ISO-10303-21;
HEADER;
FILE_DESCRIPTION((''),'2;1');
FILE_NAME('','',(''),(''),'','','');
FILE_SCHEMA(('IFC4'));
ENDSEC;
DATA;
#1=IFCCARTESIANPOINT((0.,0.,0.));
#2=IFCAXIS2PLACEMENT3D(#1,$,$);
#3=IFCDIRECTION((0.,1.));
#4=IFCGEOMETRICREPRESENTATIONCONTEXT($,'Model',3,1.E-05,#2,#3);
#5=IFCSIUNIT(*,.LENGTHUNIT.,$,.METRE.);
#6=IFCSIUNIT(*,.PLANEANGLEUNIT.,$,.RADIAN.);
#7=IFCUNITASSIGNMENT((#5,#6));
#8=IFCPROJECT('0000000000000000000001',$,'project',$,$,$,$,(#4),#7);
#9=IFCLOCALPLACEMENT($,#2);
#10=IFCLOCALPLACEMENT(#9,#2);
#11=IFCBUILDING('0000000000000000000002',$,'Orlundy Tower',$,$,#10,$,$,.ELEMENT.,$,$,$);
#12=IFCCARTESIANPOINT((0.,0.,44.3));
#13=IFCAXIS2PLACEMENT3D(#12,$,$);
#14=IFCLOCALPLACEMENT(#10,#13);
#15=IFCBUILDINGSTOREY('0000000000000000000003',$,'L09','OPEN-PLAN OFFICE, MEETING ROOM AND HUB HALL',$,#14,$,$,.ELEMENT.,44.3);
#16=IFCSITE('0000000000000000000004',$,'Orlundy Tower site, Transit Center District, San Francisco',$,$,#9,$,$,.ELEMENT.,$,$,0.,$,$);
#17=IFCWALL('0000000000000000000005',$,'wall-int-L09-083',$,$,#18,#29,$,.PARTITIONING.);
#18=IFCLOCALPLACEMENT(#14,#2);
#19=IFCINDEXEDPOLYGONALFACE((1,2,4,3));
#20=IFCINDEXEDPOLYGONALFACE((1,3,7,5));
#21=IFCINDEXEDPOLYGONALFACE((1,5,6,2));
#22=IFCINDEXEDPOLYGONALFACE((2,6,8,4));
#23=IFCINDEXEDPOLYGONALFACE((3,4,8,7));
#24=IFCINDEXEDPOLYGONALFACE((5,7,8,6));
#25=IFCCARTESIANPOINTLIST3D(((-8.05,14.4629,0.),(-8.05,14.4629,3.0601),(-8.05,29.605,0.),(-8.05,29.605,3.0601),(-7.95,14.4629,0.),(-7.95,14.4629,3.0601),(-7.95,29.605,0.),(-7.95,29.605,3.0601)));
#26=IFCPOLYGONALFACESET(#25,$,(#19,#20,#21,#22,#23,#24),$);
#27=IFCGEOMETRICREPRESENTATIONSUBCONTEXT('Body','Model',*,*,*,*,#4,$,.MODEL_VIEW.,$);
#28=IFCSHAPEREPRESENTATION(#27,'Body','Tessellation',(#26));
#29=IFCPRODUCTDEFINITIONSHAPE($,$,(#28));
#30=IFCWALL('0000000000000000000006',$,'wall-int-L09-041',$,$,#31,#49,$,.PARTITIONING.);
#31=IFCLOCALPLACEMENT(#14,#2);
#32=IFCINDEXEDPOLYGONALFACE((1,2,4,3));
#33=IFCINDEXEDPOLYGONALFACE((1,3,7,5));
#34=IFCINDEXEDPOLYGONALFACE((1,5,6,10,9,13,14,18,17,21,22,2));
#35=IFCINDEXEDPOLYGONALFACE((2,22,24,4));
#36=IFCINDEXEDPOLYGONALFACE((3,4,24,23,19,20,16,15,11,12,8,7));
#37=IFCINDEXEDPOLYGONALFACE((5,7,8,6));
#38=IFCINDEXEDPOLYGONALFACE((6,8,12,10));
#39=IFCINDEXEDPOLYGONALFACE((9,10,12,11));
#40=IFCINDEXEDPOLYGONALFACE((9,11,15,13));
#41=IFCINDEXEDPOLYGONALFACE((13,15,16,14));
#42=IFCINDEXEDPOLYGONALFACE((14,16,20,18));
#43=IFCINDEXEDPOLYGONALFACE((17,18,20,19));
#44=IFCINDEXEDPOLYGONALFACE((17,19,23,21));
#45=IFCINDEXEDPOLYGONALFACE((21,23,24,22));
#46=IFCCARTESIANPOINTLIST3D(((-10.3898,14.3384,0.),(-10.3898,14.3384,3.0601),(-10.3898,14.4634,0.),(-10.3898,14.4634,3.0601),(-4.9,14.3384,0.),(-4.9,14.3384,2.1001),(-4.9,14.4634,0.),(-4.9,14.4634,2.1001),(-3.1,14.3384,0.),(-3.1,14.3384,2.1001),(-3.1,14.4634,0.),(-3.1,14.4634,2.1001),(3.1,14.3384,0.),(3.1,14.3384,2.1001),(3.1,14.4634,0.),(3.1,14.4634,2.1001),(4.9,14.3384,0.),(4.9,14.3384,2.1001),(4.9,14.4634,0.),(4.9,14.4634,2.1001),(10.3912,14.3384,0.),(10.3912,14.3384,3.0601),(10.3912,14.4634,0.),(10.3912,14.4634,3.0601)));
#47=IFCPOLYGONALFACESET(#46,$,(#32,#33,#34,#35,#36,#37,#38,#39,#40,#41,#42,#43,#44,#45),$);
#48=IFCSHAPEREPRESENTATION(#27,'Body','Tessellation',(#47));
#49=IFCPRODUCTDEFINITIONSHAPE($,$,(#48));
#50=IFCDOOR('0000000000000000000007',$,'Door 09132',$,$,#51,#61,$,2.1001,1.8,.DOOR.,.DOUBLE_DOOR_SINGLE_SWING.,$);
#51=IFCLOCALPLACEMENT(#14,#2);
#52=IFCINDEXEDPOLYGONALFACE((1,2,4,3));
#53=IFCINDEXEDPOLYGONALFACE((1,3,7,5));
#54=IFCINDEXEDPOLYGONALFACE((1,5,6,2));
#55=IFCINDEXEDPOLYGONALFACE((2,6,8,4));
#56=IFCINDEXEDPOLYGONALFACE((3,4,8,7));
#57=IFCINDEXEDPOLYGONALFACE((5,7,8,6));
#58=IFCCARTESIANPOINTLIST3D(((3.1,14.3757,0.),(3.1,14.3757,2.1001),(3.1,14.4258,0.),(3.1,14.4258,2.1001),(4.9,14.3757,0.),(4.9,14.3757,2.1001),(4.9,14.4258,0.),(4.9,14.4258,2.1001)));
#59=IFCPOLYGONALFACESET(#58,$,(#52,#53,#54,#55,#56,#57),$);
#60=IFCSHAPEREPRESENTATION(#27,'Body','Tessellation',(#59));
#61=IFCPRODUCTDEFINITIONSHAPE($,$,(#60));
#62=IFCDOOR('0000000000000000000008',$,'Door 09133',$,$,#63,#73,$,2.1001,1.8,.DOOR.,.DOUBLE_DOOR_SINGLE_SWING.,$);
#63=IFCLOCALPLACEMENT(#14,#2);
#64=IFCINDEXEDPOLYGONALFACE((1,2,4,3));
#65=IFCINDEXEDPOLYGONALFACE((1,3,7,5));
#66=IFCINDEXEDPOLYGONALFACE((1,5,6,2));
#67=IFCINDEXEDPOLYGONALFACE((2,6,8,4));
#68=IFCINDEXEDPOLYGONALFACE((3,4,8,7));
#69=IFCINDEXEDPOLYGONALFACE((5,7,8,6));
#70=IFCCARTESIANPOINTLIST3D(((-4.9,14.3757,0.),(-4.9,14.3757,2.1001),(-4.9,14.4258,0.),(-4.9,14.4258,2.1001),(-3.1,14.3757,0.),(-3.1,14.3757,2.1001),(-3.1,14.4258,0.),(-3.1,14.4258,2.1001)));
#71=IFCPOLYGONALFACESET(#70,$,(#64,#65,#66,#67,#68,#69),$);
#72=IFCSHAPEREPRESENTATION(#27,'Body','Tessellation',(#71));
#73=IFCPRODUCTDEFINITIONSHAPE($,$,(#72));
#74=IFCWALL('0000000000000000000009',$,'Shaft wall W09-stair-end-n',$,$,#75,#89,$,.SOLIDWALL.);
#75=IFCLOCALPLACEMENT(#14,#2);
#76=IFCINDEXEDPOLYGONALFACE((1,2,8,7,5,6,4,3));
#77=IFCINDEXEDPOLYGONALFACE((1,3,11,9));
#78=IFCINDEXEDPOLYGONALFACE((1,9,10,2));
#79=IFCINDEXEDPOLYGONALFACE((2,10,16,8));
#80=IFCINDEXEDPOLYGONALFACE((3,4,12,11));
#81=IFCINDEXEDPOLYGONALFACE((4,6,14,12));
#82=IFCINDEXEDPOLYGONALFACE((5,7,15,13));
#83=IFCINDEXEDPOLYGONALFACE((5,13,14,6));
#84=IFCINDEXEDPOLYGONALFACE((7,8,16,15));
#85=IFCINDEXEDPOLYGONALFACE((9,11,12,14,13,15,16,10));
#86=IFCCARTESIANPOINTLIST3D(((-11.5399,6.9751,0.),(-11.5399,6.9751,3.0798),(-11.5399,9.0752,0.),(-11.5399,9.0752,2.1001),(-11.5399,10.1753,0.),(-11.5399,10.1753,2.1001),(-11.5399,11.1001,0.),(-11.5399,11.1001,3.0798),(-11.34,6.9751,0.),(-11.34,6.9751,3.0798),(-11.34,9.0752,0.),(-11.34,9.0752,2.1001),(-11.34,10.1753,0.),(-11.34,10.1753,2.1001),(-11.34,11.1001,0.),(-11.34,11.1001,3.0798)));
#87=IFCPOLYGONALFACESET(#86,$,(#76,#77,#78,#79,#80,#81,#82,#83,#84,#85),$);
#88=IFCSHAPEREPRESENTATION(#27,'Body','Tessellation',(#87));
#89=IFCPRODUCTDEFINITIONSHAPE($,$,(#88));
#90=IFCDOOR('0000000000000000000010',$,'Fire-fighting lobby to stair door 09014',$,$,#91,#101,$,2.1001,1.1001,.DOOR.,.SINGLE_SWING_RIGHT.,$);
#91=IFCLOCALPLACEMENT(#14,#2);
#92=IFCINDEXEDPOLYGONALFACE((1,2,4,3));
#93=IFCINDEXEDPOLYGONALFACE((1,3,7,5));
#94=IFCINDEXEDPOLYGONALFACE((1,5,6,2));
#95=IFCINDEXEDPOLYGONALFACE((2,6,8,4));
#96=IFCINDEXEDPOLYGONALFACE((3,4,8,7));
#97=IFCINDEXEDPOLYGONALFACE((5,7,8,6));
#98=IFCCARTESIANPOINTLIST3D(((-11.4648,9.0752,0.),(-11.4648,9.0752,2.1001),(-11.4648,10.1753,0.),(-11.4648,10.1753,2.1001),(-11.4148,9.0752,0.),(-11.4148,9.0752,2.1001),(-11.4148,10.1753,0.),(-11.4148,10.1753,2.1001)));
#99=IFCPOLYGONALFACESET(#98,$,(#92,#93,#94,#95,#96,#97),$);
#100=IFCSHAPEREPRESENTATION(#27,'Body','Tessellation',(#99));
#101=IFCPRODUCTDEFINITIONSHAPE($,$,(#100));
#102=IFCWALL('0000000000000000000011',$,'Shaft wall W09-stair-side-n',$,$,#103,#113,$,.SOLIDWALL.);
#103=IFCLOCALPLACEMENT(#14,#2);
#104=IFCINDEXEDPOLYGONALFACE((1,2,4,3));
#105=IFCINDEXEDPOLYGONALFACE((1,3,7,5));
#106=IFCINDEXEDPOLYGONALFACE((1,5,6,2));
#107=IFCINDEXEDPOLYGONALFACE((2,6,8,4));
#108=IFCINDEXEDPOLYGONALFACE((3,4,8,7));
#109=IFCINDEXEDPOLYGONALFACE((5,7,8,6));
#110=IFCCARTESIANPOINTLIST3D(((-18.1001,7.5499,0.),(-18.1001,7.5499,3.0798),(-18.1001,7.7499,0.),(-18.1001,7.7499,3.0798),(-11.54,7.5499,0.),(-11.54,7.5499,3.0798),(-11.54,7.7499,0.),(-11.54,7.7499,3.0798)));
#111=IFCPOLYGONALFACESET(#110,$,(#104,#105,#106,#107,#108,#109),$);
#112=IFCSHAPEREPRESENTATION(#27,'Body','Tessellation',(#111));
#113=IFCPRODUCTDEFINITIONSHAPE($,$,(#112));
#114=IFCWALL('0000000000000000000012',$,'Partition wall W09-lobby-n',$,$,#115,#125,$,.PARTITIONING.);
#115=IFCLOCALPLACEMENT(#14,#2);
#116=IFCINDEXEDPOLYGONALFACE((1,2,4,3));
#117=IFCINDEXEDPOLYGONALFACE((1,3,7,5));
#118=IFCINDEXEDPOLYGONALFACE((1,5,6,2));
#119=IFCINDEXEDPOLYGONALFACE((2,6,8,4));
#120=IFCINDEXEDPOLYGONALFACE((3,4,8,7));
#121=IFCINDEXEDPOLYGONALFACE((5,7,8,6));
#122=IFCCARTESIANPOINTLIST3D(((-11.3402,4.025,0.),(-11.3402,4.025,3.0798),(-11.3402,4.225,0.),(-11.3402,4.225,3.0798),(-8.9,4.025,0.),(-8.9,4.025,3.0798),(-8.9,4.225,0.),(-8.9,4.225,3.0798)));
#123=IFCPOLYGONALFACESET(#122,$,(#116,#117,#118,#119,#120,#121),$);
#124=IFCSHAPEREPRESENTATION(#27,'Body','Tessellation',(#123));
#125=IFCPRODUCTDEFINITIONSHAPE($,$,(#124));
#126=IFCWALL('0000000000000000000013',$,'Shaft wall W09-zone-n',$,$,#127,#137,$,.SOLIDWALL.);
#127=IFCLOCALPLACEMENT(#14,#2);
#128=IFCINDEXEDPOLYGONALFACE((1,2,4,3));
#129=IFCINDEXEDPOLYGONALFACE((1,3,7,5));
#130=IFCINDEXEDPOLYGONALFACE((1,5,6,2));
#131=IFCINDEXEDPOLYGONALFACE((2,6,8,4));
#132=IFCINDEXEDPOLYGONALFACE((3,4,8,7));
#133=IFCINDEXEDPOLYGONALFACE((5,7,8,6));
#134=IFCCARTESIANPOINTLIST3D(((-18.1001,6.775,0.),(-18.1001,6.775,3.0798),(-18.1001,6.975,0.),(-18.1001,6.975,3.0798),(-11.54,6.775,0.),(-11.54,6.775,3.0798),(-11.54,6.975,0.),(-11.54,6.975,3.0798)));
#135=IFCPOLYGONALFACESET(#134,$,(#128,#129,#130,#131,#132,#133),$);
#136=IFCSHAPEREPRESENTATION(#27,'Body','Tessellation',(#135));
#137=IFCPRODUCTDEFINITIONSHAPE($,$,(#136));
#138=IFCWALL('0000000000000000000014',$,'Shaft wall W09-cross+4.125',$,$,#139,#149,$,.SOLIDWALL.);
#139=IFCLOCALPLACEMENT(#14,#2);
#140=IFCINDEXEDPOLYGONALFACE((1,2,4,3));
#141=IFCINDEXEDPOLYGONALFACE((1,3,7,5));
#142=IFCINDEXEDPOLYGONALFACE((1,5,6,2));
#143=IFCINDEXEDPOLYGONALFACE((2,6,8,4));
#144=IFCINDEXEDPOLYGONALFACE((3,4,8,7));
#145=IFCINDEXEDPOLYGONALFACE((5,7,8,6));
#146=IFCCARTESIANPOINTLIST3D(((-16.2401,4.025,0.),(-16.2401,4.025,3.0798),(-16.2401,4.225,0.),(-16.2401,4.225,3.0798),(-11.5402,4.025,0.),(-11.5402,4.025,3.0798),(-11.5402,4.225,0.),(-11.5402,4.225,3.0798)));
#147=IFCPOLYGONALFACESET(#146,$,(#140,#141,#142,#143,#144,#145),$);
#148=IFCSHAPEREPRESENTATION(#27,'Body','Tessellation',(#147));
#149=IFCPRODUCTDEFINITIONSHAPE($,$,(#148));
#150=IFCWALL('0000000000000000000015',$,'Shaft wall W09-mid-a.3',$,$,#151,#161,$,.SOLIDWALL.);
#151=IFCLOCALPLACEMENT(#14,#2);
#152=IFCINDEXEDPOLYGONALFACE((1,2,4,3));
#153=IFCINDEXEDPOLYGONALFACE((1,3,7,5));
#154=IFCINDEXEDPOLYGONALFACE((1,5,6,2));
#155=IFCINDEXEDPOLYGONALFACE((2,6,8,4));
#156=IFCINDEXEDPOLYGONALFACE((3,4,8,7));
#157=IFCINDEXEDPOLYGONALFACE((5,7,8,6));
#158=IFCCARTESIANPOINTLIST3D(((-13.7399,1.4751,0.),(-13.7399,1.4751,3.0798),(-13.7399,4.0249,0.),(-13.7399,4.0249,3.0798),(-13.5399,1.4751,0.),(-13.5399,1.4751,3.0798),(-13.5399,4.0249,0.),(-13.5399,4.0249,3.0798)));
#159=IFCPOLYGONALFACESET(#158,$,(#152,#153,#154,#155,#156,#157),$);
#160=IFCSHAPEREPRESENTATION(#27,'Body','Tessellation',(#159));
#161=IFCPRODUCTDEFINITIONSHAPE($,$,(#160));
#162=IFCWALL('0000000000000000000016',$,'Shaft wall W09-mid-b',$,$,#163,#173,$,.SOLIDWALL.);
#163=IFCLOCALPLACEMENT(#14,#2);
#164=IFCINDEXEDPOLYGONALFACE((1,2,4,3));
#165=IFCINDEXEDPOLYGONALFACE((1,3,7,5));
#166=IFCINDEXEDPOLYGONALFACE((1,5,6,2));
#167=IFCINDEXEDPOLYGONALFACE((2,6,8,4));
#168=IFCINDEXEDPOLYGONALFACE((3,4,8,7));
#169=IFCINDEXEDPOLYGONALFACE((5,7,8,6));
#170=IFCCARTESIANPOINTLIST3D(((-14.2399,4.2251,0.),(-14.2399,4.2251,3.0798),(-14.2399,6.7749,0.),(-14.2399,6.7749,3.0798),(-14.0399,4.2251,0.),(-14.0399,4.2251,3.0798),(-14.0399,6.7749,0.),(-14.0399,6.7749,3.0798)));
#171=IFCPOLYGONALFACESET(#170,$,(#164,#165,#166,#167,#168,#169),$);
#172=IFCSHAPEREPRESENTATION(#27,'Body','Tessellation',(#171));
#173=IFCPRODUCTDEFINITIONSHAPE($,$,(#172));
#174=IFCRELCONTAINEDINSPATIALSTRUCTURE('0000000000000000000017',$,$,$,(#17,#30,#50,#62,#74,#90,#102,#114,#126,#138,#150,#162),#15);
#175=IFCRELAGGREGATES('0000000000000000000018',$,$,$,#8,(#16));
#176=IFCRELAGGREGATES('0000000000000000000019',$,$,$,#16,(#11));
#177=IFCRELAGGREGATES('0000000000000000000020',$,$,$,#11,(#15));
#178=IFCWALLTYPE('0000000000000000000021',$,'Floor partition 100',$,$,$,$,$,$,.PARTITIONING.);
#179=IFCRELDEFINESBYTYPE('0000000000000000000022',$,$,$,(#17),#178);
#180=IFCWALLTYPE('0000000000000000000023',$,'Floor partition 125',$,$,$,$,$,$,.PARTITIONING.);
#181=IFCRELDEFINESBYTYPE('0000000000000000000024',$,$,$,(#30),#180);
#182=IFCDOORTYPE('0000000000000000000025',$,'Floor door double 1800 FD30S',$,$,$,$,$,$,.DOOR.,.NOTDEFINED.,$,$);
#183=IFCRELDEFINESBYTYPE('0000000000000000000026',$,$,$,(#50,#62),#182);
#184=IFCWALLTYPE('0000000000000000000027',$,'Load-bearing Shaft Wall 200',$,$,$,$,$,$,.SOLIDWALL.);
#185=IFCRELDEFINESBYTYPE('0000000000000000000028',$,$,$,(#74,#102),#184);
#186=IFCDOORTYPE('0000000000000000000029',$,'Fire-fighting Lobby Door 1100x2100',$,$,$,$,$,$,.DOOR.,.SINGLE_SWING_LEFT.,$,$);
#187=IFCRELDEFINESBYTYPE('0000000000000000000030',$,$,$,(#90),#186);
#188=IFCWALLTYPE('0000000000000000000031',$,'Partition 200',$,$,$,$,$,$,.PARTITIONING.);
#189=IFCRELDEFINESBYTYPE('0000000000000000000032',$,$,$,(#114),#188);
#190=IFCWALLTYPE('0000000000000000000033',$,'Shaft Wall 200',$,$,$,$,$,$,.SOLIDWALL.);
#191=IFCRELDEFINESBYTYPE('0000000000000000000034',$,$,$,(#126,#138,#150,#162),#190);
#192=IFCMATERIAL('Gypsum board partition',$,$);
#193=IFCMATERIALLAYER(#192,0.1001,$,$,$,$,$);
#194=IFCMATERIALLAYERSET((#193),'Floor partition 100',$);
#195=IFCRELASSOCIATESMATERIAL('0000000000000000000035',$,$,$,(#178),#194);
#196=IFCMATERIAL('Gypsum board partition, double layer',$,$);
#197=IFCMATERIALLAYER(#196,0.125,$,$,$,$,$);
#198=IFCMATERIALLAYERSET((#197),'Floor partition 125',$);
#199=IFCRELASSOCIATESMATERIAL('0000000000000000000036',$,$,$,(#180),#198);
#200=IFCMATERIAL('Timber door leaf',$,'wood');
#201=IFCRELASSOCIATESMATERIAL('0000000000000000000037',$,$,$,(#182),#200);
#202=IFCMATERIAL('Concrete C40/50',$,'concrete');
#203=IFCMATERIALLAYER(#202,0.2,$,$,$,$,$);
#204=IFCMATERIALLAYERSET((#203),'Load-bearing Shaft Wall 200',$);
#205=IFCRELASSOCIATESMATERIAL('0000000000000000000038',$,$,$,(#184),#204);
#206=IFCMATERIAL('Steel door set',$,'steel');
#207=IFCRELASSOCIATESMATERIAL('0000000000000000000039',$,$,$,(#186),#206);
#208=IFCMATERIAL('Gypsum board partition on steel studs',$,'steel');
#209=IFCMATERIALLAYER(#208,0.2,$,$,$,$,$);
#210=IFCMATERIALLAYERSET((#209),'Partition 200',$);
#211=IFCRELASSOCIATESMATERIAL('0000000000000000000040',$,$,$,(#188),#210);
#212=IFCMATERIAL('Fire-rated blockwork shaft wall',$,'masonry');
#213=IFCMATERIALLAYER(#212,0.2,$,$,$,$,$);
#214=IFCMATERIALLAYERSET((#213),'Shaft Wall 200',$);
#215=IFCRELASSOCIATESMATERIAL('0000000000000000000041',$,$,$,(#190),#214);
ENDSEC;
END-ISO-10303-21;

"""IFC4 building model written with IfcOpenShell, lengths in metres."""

from ifc_helpers import new_model, si_unit, direction, frame, frame_2d, origin, place, context, subcontext, project, spatial, rectangle, extrude, material, layer, layer_set, type_object, element, fill, save


model = new_model("IFC4")

# Units and contexts
model_context = context("Model", 3, precision=1e-05, world=origin(), true_north=direction((0.0, 1.0)))
body_context = subcontext(model_context, "Body", "Model", "MODEL_VIEW")
ifc_project = project(units=[si_unit("LENGTHUNIT", "METRE"), si_unit("PLANEANGLEUNIT", "RADIAN")], contexts=[model_context])

# Site, building, storey
site_placement = place(None, origin())
site = spatial("IfcSite", under=ifc_project, at=site_placement, Name="Orlundy Tower site, Transit Center District, San Francisco", CompositionType="ELEMENT", RefElevation=0.0)
building_placement = place(site_placement, origin())
building = spatial("IfcBuilding", under=site, at=building_placement, Name="Orlundy Tower", CompositionType="ELEMENT")
storey_placement = place(building_placement, frame((0.0, 0.0, 44.3)))
storey = spatial("IfcBuildingStorey", under=building, at=storey_placement, Name="L09", Description="OPEN-PLAN OFFICE, MEETING ROOM AND HUB HALL", CompositionType="ELEMENT", Elevation=44.3)

# Wall
ifc_material_1 = material(Name="Gypsum board partition")
ifc_layer_1 = layer(ifc_material_1, 0.1001)
ifc_layer_set_1 = layer_set([ifc_layer_1], Name="Floor partition 100")
wall_type_1 = type_object("IfcWallType", Name="Floor partition 100", PredefinedType="PARTITIONING", material=ifc_layer_set_1)
wall_1_placement = place(storey_placement, frame((-8.0, 14.4629, 0.0), z_axis=(0.0, 0.0, 1.0), x_axis=(0.0, 1.0, 0.0)))
element("IfcWall", 1, at=wall_1_placement, inside=storey, type_object=wall_type_1, Name="wall-int-L09-083", PredefinedType="PARTITIONING", context=body_context, shape_type="SweptSolid", body=[
    extrude(rectangle(XDim=15.1421, YDim=0.1001, at=frame_2d((7.571, 0.0))), origin(), (0.0, 0.0, 1.0), 3.0601),
])

# Wall, openings, doors
ifc_material_2 = material(Name="Gypsum board partition, double layer")
ifc_layer_2 = layer(ifc_material_2, 0.125)
ifc_layer_set_2 = layer_set([ifc_layer_2], Name="Floor partition 125")
wall_type_2 = type_object("IfcWallType", Name="Floor partition 125", PredefinedType="PARTITIONING", material=ifc_layer_set_2)
wall_2_placement = place(storey_placement, frame((-10.3899, 14.4009, 0.0), z_axis=(0.0, 0.0, 1.0), x_axis=(1.0, 0.0, 0.0)))
wall_2 = element("IfcWall", 2, at=wall_2_placement, inside=storey, type_object=wall_type_2, Name="wall-int-L09-041", PredefinedType="PARTITIONING", context=body_context, shape_type="SweptSolid", body=[
    extrude(rectangle(XDim=20.781, YDim=0.125, at=frame_2d((10.3906, 0.0))), origin(), (0.0, 0.0, 1.0), 3.0601),
])
opening_1_placement = place(wall_2_placement, frame((13.49, 0.0, 0.0)))
opening_1 = element("IfcOpeningElement", 3, at=opening_1_placement, cuts=wall_2, PredefinedType="OPENING", context=body_context, shape_type="SweptSolid", body=[
    extrude(rectangle(XDim=1.8, YDim=2.1001, at=frame_2d((0.8999, 1.05))), frame((0.0, 0.0725, 0.0), z_axis=(0.0, -1.0, 0.0), x_axis=(1.0, 0.0, 0.0)), (0.0, 0.0, 1.0), 0.145),
])
opening_2_placement = place(wall_2_placement, frame((5.49, 0.0, 0.0)))
opening_2 = element("IfcOpeningElement", 4, at=opening_2_placement, cuts=wall_2, PredefinedType="OPENING", context=body_context, shape_type="SweptSolid", body=[
    extrude(rectangle(XDim=1.8, YDim=2.1001, at=frame_2d((0.8999, 1.05))), frame((0.0, 0.0725, 0.0), z_axis=(0.0, -1.0, 0.0), x_axis=(1.0, 0.0, 0.0)), (0.0, 0.0, 1.0), 0.145),
])
ifc_material_3 = material(Name="Timber door leaf", Category="wood")
door_type_1 = type_object("IfcDoorType", Name="Floor door double 1800 FD30S", OperationType="NOTDEFINED", PredefinedType="DOOR", material=ifc_material_3)
door_1_placement = place(opening_1_placement, origin())
door_1 = element("IfcDoor", 5, at=door_1_placement, inside=storey, type_object=door_type_1, Name="Door 09132", OperationType="DOUBLE_DOOR_SINGLE_SWING", OverallHeight=2.1001, OverallWidth=1.8, PredefinedType="DOOR", context=body_context, shape_type="SweptSolid", body=[
    extrude(rectangle(XDim=1.8, YDim=2.1001, at=frame_2d((0.8999, 1.05))), frame((0.0, 0.0249, 0.0), z_axis=(0.0, -1.0, 0.0), x_axis=(1.0, 0.0, 0.0)), (0.0, 0.0, 1.0), 0.05),
])
fill(opening_1, door_1)
door_2_placement = place(opening_2_placement, origin())
door_2 = element("IfcDoor", 6, at=door_2_placement, inside=storey, type_object=door_type_1, Name="Door 09133", OperationType="DOUBLE_DOOR_SINGLE_SWING", OverallHeight=2.1001, OverallWidth=1.8, PredefinedType="DOOR", context=body_context, shape_type="SweptSolid", body=[
    extrude(rectangle(XDim=1.8, YDim=2.1001, at=frame_2d((0.8999, 1.05))), frame((0.0, 0.0249, 0.0), z_axis=(0.0, -1.0, 0.0), x_axis=(1.0, 0.0, 0.0)), (0.0, 0.0, 1.0), 0.05),
])
fill(opening_2, door_2)

# Wall, opening, door
ifc_material_4 = material(Name="Concrete C40/50", Category="concrete")
ifc_layer_3 = layer(ifc_material_4, 0.2)
ifc_layer_set_3 = layer_set([ifc_layer_3], Name="Load-bearing Shaft Wall 200")
wall_type_3 = type_object("IfcWallType", Name="Load-bearing Shaft Wall 200", PredefinedType="SOLIDWALL", material=ifc_layer_set_3)
wall_3_placement = place(storey_placement, frame((-11.4399, 6.9751, 0.0), z_axis=(0.0, 0.0, 1.0), x_axis=(0.0, 1.0, 0.0)))
wall_3 = element("IfcWall", 7, at=wall_3_placement, inside=storey, type_object=wall_type_3, Name="Shaft wall W09-stair-end-n", PredefinedType="SOLIDWALL", context=body_context, shape_type="SweptSolid", body=[
    extrude(rectangle(XDim=4.125, YDim=0.2, at=frame_2d((2.0625, 0.0))), origin(), (0.0, 0.0, 1.0), 3.0798),
])
opening_3_placement = place(wall_3_placement, frame((2.1001, 0.0, 0.0)))
opening_3 = element("IfcOpeningElement", 8, at=opening_3_placement, cuts=wall_3, PredefinedType="OPENING", context=body_context, shape_type="SweptSolid", body=[
    extrude(rectangle(XDim=1.1001, YDim=2.1001, at=frame_2d((0.55, 1.05))), frame((0.0, 0.1101, 0.0), z_axis=(0.0, -1.0, 0.0), x_axis=(1.0, 0.0, 0.0)), (0.0, 0.0, 1.0), 0.2202),
])
ifc_material_5 = material(Name="Steel door set", Category="steel")
door_type_2 = type_object("IfcDoorType", Name="Fire-fighting Lobby Door 1100x2100", OperationType="SINGLE_SWING_LEFT", PredefinedType="DOOR", material=ifc_material_5)
door_3_placement = place(opening_3_placement, origin())
door_3 = element("IfcDoor", 9, at=door_3_placement, inside=storey, type_object=door_type_2, Name="Fire-fighting lobby to stair door 09014", OperationType="SINGLE_SWING_RIGHT", OverallHeight=2.1001, OverallWidth=1.1001, PredefinedType="DOOR", context=body_context, shape_type="SweptSolid", body=[
    extrude(rectangle(XDim=1.1001, YDim=2.1001, at=frame_2d((0.55, 1.05))), frame((0.0, 0.0249, 0.0), z_axis=(0.0, -1.0, 0.0), x_axis=(1.0, 0.0, 0.0)), (0.0, 0.0, 1.0), 0.05),
])
fill(opening_3, door_3)

# Walls
wall_4_placement = place(storey_placement, frame((-11.54, 7.6499, 0.0), z_axis=(0.0, 0.0, 1.0), x_axis=(-1.0, 0.0, 0.0)))
element("IfcWall", 10, at=wall_4_placement, inside=storey, type_object=wall_type_3, Name="Shaft wall W09-stair-side-n", PredefinedType="SOLIDWALL", context=body_context, shape_type="SweptSolid", body=[
    extrude(rectangle(XDim=6.5601, YDim=0.2, at=frame_2d((3.28, 0.0))), origin(), (0.0, 0.0, 1.0), 3.0798),
])
ifc_material_6 = material(Name="Gypsum board partition on steel studs", Category="steel")
ifc_layer_4 = layer(ifc_material_6, 0.2)
ifc_layer_set_4 = layer_set([ifc_layer_4], Name="Partition 200")
wall_type_4 = type_object("IfcWallType", Name="Partition 200", PredefinedType="PARTITIONING", material=ifc_layer_set_4)
wall_5_placement = place(storey_placement, frame((-8.8999, 4.125, 0.0), z_axis=(0.0, 0.0, 1.0), x_axis=(-1.0, 0.0, 0.0)))
element("IfcWall", 11, at=wall_5_placement, inside=storey, type_object=wall_type_4, Name="Partition wall W09-lobby-n", PredefinedType="PARTITIONING", context=body_context, shape_type="SweptSolid", body=[
    extrude(rectangle(XDim=2.4402, YDim=0.2, at=frame_2d((1.2202, 0.0))), origin(), (0.0, 0.0, 1.0), 3.0798),
])
ifc_material_7 = material(Name="Fire-rated blockwork shaft wall", Category="masonry")
ifc_layer_5 = layer(ifc_material_7, 0.2)
ifc_layer_set_5 = layer_set([ifc_layer_5], Name="Shaft Wall 200")
wall_type_5 = type_object("IfcWallType", Name="Shaft Wall 200", PredefinedType="SOLIDWALL", material=ifc_layer_set_5)
wall_6_placement = place(storey_placement, frame((-11.54, 6.875, 0.0), z_axis=(0.0, 0.0, 1.0), x_axis=(-1.0, 0.0, 0.0)))
element("IfcWall", 12, at=wall_6_placement, inside=storey, type_object=wall_type_5, Name="Shaft wall W09-zone-n", PredefinedType="SOLIDWALL", context=body_context, shape_type="SweptSolid", body=[
    extrude(rectangle(XDim=6.5601, YDim=0.2, at=frame_2d((3.28, 0.0))), origin(), (0.0, 0.0, 1.0), 3.0798),
])
wall_7_placement = place(storey_placement, frame((-11.54, 4.125, 0.0), z_axis=(0.0, 0.0, 1.0), x_axis=(-1.0, 0.0, 0.0)))
element("IfcWall", 13, at=wall_7_placement, inside=storey, type_object=wall_type_5, Name="Shaft wall W09-cross+4.125", PredefinedType="SOLIDWALL", context=body_context, shape_type="SweptSolid", body=[
    extrude(rectangle(XDim=4.7, YDim=0.2, at=frame_2d((2.3501, 0.0))), origin(), (0.0, 0.0, 1.0), 3.0798),
])
for number, where, z_axis, x_axis, name in (
    (14, (-13.6399, 1.4751, 0.0), (0.0, 0.0, 1.0), (0.0, 1.0, 0.0), "Shaft wall W09-mid-a.3"),
    (15, (-14.1399, 4.2251, 0.0), (0.0, 0.0, 1.0), (0.0, 1.0, 0.0), "Shaft wall W09-mid-b"),
):
    element("IfcWall", number, at=place(storey_placement, frame(where, z_axis=z_axis, x_axis=x_axis)), inside=storey, type_object=wall_type_5, Name=name, PredefinedType="SOLIDWALL", context=body_context, shape_type="SweptSolid", body=[
        extrude(rectangle(XDim=2.5498, YDim=0.2, at=frame_2d((1.2749, 0.0))), origin(), (0.0, 0.0, 1.0), 3.0798),
    ])

save(model, "model.ifc")
